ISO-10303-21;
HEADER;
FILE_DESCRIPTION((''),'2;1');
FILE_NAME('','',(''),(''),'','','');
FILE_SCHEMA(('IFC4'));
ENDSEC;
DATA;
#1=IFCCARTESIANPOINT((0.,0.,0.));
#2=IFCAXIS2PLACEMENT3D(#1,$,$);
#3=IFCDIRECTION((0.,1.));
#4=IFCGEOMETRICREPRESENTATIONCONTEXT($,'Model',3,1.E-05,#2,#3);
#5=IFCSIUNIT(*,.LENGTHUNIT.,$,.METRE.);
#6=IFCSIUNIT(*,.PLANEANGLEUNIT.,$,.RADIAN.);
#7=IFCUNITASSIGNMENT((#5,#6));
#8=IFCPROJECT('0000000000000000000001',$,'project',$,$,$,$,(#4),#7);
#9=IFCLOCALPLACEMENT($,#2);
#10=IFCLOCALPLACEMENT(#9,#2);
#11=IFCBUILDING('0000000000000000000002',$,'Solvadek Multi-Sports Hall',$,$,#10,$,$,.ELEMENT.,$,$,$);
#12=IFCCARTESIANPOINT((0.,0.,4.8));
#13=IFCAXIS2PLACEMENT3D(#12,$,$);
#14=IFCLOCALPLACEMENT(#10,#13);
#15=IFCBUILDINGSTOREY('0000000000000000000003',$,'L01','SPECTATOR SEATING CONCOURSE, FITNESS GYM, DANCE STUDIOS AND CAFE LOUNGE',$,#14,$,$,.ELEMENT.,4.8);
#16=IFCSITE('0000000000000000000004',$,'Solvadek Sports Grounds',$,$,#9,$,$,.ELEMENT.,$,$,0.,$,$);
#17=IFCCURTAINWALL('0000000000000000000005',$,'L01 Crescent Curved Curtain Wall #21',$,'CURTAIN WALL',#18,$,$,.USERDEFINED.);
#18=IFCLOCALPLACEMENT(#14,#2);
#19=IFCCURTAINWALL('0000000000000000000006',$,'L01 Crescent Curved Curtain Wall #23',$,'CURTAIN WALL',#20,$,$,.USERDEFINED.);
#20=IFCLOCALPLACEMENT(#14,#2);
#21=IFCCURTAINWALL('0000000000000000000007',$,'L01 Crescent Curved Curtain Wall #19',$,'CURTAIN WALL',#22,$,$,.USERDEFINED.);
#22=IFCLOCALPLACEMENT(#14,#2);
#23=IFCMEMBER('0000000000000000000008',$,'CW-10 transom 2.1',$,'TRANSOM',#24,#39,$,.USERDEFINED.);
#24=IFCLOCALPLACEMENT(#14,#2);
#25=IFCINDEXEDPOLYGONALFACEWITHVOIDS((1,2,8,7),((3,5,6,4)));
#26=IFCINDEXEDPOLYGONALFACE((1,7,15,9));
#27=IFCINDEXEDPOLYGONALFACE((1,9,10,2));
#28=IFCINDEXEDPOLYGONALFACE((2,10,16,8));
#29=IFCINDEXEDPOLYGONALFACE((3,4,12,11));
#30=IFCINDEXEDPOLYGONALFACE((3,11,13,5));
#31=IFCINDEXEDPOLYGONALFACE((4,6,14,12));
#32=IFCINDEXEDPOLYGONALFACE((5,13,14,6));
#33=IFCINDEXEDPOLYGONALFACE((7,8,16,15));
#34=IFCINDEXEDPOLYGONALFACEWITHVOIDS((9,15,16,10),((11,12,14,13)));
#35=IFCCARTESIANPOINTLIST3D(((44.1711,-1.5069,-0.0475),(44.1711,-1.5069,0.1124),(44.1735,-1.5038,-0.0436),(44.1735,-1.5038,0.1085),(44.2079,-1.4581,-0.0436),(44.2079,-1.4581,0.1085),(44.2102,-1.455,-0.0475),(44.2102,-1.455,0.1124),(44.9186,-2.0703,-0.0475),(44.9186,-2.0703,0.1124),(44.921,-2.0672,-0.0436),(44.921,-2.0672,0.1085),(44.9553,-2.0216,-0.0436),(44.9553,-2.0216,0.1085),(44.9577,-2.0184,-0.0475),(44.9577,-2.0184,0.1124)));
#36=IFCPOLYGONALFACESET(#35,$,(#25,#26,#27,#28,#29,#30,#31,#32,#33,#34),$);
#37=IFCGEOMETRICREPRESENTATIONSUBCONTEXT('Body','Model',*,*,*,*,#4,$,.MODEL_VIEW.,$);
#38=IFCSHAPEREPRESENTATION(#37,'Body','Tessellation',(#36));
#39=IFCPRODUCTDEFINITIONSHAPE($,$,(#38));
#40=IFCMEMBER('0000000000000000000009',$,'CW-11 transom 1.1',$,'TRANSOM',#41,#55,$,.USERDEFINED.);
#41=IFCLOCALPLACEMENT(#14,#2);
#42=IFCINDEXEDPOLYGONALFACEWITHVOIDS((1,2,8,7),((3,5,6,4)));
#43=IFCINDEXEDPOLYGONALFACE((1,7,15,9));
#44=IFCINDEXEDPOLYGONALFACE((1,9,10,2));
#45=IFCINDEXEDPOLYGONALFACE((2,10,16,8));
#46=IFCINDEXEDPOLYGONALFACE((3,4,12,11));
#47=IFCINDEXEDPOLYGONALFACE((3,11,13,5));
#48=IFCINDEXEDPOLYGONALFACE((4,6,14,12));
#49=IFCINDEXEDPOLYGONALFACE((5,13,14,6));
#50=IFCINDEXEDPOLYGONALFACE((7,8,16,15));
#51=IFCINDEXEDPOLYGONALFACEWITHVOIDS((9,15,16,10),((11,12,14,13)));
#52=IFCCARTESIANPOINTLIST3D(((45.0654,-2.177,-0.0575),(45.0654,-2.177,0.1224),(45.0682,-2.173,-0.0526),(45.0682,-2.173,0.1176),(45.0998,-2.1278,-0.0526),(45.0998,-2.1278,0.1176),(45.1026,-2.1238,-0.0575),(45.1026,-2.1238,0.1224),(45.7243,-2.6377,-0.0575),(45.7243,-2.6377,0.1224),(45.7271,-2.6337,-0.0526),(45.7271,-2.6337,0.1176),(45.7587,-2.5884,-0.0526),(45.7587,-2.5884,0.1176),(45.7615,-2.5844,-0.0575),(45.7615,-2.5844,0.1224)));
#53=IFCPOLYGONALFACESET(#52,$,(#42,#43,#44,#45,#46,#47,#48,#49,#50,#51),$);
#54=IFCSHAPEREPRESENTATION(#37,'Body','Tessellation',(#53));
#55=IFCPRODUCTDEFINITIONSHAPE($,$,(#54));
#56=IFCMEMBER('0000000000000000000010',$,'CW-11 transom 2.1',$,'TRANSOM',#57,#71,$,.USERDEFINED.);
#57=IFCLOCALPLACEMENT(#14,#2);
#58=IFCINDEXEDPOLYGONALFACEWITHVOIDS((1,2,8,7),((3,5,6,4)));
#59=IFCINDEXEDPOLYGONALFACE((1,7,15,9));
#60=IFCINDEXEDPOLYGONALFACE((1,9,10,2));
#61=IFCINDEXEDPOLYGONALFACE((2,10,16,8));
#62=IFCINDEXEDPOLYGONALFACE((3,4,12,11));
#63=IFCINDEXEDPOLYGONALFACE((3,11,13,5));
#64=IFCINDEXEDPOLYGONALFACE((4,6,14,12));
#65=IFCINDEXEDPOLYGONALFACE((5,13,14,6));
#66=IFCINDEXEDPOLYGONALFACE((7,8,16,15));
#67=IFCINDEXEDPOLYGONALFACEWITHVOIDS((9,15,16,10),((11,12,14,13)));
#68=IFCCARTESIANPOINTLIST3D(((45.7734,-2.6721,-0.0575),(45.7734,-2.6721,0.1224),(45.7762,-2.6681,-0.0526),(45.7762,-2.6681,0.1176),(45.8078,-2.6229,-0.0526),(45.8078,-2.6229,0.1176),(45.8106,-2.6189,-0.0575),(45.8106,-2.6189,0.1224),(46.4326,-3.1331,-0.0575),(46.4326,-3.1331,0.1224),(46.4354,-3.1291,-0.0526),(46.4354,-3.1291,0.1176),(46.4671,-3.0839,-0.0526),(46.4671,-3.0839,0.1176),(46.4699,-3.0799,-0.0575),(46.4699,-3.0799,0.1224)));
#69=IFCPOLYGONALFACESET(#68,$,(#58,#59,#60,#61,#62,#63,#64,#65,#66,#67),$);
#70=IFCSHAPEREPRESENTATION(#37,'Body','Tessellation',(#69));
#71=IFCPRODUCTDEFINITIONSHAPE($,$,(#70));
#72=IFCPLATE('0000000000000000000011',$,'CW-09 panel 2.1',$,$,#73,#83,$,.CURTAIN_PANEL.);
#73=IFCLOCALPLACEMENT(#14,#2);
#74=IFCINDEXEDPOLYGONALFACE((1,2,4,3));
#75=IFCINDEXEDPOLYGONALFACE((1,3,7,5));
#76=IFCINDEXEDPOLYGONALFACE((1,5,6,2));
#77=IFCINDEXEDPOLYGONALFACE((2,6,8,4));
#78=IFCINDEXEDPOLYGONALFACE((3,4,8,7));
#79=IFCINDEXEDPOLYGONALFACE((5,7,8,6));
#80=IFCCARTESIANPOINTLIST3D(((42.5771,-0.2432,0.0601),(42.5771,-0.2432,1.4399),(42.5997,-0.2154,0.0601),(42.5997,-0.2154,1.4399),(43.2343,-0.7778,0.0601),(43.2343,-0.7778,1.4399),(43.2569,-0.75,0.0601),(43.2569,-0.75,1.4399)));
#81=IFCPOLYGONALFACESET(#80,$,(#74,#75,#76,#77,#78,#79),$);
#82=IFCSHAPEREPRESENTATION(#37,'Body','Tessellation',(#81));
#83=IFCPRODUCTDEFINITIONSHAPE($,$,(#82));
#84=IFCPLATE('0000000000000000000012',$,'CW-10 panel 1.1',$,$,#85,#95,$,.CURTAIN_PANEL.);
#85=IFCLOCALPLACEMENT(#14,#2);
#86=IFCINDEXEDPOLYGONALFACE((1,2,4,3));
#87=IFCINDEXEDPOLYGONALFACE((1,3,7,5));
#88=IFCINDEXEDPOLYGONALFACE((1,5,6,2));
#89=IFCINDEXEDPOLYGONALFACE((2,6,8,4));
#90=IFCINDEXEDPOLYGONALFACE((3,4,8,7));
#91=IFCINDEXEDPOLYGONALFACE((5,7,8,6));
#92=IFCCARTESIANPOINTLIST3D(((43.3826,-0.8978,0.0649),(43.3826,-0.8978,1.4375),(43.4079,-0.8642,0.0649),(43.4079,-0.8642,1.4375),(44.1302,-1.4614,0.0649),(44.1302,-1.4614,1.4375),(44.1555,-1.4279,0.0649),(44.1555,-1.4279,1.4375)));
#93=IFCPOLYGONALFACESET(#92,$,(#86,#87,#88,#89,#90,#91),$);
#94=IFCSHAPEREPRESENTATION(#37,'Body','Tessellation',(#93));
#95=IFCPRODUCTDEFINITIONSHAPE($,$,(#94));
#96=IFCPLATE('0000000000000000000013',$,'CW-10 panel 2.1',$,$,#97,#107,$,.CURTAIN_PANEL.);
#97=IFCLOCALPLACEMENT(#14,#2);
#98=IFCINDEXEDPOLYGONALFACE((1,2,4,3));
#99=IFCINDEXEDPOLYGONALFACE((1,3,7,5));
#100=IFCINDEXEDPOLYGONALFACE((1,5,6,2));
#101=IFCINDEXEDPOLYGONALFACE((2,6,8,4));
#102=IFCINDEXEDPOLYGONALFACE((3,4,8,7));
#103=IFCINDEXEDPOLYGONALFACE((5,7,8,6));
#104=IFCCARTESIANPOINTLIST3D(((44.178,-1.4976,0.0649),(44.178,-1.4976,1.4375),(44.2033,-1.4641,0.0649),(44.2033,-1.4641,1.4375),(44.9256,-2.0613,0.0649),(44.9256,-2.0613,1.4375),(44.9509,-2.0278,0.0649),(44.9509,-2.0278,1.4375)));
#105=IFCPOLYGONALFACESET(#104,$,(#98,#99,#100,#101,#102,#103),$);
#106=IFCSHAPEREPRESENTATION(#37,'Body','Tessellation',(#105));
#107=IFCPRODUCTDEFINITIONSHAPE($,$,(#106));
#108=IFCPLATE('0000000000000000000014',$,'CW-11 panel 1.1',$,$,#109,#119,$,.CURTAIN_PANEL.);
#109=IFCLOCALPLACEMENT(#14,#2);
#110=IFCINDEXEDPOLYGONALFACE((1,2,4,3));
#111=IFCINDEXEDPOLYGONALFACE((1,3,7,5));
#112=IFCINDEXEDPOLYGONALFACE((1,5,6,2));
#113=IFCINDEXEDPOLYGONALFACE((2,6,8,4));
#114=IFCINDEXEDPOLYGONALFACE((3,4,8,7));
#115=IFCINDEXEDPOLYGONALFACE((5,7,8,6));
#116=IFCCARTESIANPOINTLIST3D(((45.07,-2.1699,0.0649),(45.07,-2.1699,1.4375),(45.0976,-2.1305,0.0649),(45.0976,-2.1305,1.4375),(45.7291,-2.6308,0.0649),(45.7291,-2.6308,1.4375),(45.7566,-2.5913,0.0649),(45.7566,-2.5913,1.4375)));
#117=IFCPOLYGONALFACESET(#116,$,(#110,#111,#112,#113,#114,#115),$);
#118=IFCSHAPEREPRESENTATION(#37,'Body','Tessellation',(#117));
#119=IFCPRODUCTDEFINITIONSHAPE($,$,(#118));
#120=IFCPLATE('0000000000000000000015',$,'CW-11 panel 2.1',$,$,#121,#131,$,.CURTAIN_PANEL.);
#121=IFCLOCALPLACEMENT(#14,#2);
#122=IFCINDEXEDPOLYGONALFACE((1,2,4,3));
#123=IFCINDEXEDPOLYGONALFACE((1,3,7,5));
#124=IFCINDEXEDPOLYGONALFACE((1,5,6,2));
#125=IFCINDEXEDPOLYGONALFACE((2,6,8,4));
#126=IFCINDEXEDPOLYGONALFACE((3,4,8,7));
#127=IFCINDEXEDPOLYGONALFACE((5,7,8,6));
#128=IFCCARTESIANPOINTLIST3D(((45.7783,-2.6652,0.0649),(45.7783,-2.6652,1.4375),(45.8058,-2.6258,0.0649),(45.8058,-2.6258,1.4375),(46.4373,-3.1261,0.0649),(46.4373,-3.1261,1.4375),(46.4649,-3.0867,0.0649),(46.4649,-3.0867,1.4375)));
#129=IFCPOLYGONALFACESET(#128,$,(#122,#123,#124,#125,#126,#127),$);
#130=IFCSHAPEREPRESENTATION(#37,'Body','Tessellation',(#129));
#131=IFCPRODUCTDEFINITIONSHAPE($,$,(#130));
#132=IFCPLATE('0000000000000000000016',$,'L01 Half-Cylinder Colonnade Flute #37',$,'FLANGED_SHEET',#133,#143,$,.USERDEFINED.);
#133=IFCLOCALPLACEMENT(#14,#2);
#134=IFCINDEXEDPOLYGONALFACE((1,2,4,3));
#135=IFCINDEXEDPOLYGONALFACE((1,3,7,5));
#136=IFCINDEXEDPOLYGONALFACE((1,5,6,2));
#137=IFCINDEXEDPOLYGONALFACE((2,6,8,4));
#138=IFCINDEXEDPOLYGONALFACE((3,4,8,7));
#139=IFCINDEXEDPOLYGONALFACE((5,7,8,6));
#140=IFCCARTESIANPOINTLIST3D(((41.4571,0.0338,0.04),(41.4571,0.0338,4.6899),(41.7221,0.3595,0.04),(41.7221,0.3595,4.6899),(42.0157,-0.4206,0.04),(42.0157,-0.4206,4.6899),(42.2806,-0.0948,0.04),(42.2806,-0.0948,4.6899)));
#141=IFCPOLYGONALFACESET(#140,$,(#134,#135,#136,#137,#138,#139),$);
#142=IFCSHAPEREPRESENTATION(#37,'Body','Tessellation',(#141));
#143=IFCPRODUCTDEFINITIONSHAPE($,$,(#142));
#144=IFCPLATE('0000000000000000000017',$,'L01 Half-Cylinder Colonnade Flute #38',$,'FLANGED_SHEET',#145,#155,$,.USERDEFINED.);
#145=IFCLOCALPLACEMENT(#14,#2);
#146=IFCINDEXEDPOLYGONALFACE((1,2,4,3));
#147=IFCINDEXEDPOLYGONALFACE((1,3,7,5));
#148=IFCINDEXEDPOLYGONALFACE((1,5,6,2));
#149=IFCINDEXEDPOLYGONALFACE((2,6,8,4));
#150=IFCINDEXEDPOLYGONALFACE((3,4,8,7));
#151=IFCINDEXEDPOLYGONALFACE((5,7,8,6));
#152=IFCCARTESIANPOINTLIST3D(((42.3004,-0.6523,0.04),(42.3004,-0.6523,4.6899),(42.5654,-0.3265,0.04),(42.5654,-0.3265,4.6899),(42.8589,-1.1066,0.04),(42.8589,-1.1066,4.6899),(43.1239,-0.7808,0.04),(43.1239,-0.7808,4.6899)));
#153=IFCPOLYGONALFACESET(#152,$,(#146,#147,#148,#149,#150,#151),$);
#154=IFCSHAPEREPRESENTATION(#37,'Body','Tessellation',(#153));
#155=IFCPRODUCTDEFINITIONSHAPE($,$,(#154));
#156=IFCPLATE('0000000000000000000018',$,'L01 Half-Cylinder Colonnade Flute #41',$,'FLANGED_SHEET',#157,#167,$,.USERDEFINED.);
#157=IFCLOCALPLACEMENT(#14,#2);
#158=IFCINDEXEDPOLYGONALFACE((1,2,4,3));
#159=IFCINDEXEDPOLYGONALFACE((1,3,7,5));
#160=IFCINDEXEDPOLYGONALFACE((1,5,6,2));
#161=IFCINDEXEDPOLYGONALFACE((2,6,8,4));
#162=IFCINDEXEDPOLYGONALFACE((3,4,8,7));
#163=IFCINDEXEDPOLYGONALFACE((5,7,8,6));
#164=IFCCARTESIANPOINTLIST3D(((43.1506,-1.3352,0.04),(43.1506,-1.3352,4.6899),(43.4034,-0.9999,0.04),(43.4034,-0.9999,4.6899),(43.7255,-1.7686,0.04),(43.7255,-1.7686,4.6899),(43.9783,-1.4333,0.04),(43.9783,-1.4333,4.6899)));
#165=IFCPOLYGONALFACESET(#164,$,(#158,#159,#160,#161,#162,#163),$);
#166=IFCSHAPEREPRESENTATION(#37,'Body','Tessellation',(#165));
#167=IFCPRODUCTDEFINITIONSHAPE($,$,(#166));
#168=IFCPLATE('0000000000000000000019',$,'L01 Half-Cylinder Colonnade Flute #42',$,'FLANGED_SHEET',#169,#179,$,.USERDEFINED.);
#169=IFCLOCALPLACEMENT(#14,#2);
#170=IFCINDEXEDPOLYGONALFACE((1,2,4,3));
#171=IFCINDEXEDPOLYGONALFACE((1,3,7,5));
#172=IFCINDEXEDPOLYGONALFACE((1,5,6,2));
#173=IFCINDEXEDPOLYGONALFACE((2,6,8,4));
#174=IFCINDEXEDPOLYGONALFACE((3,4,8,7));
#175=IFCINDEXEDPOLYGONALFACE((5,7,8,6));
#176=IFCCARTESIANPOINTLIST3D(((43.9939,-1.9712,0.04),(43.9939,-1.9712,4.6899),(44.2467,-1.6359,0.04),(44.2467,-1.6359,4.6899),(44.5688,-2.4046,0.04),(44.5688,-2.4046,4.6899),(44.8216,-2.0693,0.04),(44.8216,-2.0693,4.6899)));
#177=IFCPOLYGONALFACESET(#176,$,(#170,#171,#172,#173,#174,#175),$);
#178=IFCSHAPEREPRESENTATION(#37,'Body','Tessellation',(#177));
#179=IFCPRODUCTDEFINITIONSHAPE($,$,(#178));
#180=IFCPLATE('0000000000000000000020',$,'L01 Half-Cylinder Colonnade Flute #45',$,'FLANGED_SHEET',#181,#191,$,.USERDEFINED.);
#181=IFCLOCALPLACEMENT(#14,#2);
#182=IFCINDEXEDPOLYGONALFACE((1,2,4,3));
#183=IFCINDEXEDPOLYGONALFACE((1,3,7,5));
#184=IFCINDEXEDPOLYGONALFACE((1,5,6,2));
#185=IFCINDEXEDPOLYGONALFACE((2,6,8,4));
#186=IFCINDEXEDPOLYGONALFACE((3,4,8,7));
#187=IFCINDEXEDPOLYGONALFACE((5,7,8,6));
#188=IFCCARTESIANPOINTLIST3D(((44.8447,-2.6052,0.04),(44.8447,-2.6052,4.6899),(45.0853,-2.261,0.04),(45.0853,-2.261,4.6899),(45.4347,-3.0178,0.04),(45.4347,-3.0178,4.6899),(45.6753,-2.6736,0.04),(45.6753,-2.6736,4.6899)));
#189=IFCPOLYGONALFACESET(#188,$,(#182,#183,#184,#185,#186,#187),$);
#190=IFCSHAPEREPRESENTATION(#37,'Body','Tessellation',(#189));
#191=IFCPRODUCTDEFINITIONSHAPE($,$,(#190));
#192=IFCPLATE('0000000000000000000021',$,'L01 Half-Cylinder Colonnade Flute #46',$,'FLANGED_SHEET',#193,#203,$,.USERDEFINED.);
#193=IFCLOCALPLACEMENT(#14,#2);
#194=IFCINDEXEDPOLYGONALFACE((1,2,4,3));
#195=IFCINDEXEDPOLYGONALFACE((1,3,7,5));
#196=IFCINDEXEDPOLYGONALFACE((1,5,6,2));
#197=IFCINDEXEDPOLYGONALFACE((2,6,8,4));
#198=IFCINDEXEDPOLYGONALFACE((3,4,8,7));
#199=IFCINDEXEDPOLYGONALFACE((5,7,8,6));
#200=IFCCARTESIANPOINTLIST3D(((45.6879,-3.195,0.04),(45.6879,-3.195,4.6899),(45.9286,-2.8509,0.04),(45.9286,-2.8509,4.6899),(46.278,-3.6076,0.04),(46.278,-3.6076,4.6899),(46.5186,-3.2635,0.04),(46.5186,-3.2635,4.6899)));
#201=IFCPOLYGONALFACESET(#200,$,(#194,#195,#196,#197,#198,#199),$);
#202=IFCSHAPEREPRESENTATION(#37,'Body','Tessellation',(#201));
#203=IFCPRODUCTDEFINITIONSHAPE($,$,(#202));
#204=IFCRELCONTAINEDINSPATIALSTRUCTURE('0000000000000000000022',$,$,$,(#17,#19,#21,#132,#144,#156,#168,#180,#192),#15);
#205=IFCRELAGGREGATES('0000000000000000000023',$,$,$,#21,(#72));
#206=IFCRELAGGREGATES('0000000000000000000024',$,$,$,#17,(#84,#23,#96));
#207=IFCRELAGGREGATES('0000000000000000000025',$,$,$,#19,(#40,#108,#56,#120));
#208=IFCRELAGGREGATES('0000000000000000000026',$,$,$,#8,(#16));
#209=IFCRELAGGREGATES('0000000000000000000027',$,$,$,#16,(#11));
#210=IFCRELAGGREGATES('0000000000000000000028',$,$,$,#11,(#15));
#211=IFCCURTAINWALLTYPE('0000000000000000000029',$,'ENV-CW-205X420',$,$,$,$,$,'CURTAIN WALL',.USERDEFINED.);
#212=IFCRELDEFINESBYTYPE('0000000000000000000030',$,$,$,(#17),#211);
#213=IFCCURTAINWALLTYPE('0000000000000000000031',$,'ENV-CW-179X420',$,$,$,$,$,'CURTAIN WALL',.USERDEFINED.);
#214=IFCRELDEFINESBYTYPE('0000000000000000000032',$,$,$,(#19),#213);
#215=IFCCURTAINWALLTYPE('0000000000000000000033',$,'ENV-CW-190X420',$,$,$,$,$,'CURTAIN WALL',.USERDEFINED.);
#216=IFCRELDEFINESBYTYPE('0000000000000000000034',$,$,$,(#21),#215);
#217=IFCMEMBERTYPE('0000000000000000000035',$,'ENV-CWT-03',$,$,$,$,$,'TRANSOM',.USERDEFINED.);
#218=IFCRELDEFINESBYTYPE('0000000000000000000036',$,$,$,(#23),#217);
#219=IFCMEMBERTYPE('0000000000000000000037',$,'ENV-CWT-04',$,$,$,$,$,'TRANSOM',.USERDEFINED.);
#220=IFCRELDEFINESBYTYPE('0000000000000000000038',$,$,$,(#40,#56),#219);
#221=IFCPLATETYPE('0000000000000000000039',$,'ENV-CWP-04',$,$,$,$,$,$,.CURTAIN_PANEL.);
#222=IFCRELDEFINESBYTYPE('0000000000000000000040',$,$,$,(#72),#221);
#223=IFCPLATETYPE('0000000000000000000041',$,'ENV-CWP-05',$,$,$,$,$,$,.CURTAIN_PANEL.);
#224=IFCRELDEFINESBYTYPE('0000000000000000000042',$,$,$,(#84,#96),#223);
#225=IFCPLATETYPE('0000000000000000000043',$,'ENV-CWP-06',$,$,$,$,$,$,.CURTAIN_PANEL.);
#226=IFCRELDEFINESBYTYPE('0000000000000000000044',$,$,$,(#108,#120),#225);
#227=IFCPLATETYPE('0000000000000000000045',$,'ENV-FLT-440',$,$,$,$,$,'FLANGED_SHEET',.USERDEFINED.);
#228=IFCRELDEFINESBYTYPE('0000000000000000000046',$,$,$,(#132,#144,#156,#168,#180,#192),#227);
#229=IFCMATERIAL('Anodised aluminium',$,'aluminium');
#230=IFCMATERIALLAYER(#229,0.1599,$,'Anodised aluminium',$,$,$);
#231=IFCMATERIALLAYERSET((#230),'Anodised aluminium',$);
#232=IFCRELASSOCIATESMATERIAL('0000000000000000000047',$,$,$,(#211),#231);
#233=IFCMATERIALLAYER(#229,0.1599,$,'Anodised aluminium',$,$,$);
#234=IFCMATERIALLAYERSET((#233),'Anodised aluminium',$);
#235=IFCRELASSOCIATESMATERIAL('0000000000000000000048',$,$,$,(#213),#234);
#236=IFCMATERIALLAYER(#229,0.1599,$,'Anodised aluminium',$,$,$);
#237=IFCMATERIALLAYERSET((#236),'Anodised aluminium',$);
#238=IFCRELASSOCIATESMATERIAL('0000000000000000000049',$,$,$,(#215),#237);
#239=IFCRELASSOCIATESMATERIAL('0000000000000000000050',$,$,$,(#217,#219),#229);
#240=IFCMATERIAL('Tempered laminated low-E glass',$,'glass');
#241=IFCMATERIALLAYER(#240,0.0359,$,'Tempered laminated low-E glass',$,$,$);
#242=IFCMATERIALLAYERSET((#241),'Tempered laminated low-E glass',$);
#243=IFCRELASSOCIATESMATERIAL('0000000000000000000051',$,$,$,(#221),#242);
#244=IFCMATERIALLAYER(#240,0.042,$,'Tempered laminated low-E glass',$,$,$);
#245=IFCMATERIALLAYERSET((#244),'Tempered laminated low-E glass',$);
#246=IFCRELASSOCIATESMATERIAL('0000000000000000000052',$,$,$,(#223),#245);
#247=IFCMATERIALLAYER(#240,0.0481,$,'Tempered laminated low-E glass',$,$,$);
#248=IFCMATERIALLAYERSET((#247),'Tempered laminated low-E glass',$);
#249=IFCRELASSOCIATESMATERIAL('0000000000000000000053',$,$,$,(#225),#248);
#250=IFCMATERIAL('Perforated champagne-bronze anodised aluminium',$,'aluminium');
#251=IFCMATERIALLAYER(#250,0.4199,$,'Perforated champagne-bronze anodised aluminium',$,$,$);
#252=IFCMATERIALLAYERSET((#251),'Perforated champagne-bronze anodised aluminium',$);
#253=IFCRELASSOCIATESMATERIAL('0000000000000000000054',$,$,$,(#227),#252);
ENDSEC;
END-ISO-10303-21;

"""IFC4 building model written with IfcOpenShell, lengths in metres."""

from ifc_helpers import new_model, si_unit, direction, frame, origin, origin_2d, place, context, subcontext, project, spatial, rectangle, hollow_rectangle, extrude, material, layer, layer_set, material_profile, profile_set, type_object, element, aggregate, save


model = new_model("IFC4")

# Units and contexts
model_context = context("Model", 3, precision=1e-05, world=origin(), true_north=direction((0.0, 1.0)))
body_context = subcontext(model_context, "Body", "Model", "MODEL_VIEW")
ifc_project = project(units=[si_unit("LENGTHUNIT", "METRE"), si_unit("PLANEANGLEUNIT", "RADIAN")], contexts=[model_context])

# Site, building, storey
site_placement = place(None, origin())
site = spatial("IfcSite", under=ifc_project, at=site_placement, Name="Solvadek Sports Grounds", CompositionType="ELEMENT", RefElevation=0.0)
building_placement = place(site_placement, origin())
building = spatial("IfcBuilding", under=site, at=building_placement, Name="Solvadek Multi-Sports Hall", CompositionType="ELEMENT")
storey_placement = place(building_placement, frame((0.0, 0.0, 4.8)))
storey = spatial("IfcBuildingStorey", under=building, at=storey_placement, Name="L01", Description="SPECTATOR SEATING CONCOURSE, FITNESS GYM, DANCE STUDIOS AND CAFE LOUNGE", CompositionType="ELEMENT", Elevation=4.8)

# Curtain walls
ifc_material_1 = material(Name="Anodised aluminium", Category="aluminium")
ifc_layer_1 = layer(ifc_material_1, 0.1599, Name="Anodised aluminium")
ifc_layer_set_1 = layer_set([ifc_layer_1], Name="Anodised aluminium")
curtain_wall_type_1 = type_object("IfcCurtainWallType", Name="ENV-CW-205X420", ElementType="CURTAIN WALL", PredefinedType="USERDEFINED", material=ifc_layer_set_1)
curtain_wall_1_placement = place(storey_placement, origin())
curtain_wall_1 = element("IfcCurtainWall", 1, at=curtain_wall_1_placement, inside=storey, type_object=curtain_wall_type_1, Name="L01 Crescent Curved Curtain Wall #21", ObjectType="CURTAIN WALL", PredefinedType="USERDEFINED")
ifc_layer_2 = layer(ifc_material_1, 0.1599, Name="Anodised aluminium")
ifc_layer_set_2 = layer_set([ifc_layer_2], Name="Anodised aluminium")
curtain_wall_type_2 = type_object("IfcCurtainWallType", Name="ENV-CW-179X420", ElementType="CURTAIN WALL", PredefinedType="USERDEFINED", material=ifc_layer_set_2)
curtain_wall_2_placement = place(storey_placement, origin())
curtain_wall_2 = element("IfcCurtainWall", 2, at=curtain_wall_2_placement, inside=storey, type_object=curtain_wall_type_2, Name="L01 Crescent Curved Curtain Wall #23", ObjectType="CURTAIN WALL", PredefinedType="USERDEFINED")
ifc_layer_3 = layer(ifc_material_1, 0.1599, Name="Anodised aluminium")
ifc_layer_set_3 = layer_set([ifc_layer_3], Name="Anodised aluminium")
curtain_wall_type_3 = type_object("IfcCurtainWallType", Name="ENV-CW-190X420", ElementType="CURTAIN WALL", PredefinedType="USERDEFINED", material=ifc_layer_set_3)
curtain_wall_3_placement = place(storey_placement, origin())
curtain_wall_3 = element("IfcCurtainWall", 3, at=curtain_wall_3_placement, inside=storey, type_object=curtain_wall_type_3, Name="L01 Crescent Curved Curtain Wall #19", ObjectType="CURTAIN WALL", PredefinedType="USERDEFINED")

# Members
ifc_material_profile_1 = material_profile(ifc_material_1, hollow_rectangle(XDim=0.0649, YDim=0.1599, WallThickness=0.0039, at=origin_2d()), Name="ALU-T 160x65x4")
ifc_profile_set_1 = profile_set([ifc_material_profile_1], Name="Anodised aluminium")
member_type_1 = type_object("IfcMemberType", Name="ENV-CWT-03", ElementType="TRANSOM", PredefinedType="USERDEFINED", material=ifc_profile_set_1)
member_1_placement = place(storey_placement, frame((44.1907, -1.481, 0.0325), z_axis=(0.798558, -0.601918, 0.0), x_axis=(0.601918, 0.798558, 0.0)))
member_1 = element("IfcMember", 4, at=member_1_placement, type_object=member_type_1, Name="CW-10 transom 2.1", ObjectType="TRANSOM", PredefinedType="USERDEFINED", context=body_context, shape_type="SweptSolid", body=[
    extrude(hollow_rectangle(XDim=0.0649, YDim=0.1599, WallThickness=0.0039, at=origin_2d()), origin(), (0.0, 0.0, 1.0), 0.936),
])
ifc_material_profile_2 = material_profile(ifc_material_1, hollow_rectangle(XDim=0.0649, YDim=0.1799, WallThickness=0.0049, at=origin_2d()), Name="ALU-T 180x65x5")
ifc_profile_set_2 = profile_set([ifc_material_profile_2], Name="Anodised aluminium")
member_type_2 = type_object("IfcMemberType", Name="ENV-CWT-04", ElementType="TRANSOM", PredefinedType="USERDEFINED", material=ifc_profile_set_2)
member_2_placement = place(storey_placement, frame((45.084, -2.1504, 0.0325), z_axis=(0.81956, -0.572994, 0.0), x_axis=(0.572994, 0.81956, 0.0)))
member_2 = element("IfcMember", 5, at=member_2_placement, type_object=member_type_2, Name="CW-11 transom 1.1", ObjectType="TRANSOM", PredefinedType="USERDEFINED", context=body_context, shape_type="SweptSolid", body=[
    extrude(hollow_rectangle(XDim=0.0649, YDim=0.1799, WallThickness=0.0049, at=origin_2d()), origin(), (0.0, 0.0, 1.0), 0.804),
])
member_3_placement = place(storey_placement, frame((45.792, -2.6455, 0.0325), z_axis=(0.819517, -0.573055, 0.0), x_axis=(0.573055, 0.819517, 0.0)))
member_3 = element("IfcMember", 6, at=member_3_placement, type_object=member_type_2, Name="CW-11 transom 2.1", ObjectType="TRANSOM", PredefinedType="USERDEFINED", context=body_context, shape_type="SweptSolid", body=[
    extrude(hollow_rectangle(XDim=0.0649, YDim=0.1799, WallThickness=0.0049, at=origin_2d()), origin(), (0.0, 0.0, 1.0), 0.8044),
])

# Plates
ifc_material_2 = material(Name="Tempered laminated low-E glass", Category="glass")
ifc_layer_4 = layer(ifc_material_2, 0.0359, Name="Tempered laminated low-E glass")
ifc_layer_set_4 = layer_set([ifc_layer_4], Name="Tempered laminated low-E glass")
plate_type_1 = type_object("IfcPlateType", Name="ENV-CWP-04", PredefinedType="CURTAIN_PANEL", material=ifc_layer_set_4)
plate_1_placement = place(storey_placement, frame((42.917, -0.4966, 0.0601), z_axis=(0.0, 0.0, 1.0), x_axis=(0.775725, -0.631071, 0.0)))
plate_1 = element("IfcPlate", 7, at=plate_1_placement, type_object=plate_type_1, Name="CW-09 panel 2.1", PredefinedType="CURTAIN_PANEL", context=body_context, shape_type="SweptSolid", body=[
    extrude(rectangle(XDim=0.8472, YDim=0.0359, at=origin_2d()), origin(), (0.0, 0.0, 1.0), 1.3799),
])
aggregate(curtain_wall_3, [plate_1])
ifc_layer_5 = layer(ifc_material_2, 0.042, Name="Tempered laminated low-E glass")
ifc_layer_set_5 = layer_set([ifc_layer_5], Name="Tempered laminated low-E glass")
plate_type_2 = type_object("IfcPlateType", Name="ENV-CWP-05", PredefinedType="CURTAIN_PANEL", material=ifc_layer_set_5)
plate_2_placement = place(storey_placement, frame((43.769, -1.1628, 0.0649), z_axis=(0.0, 0.0, 1.0), x_axis=(0.798477, -0.602025, 0.0)))
plate_2 = element("IfcPlate", 8, at=plate_2_placement, type_object=plate_type_2, Name="CW-10 panel 1.1", PredefinedType="CURTAIN_PANEL", context=body_context, shape_type="SweptSolid", body=[
    extrude(rectangle(XDim=0.9363, YDim=0.042, at=origin_2d()), origin(), (0.0, 0.0, 1.0), 1.3726),
])
plate_3_placement = place(storey_placement, frame((44.5645, -1.7627, 0.0649), z_axis=(0.0, 0.0, 1.0), x_axis=(0.798477, -0.602025, 0.0)))
plate_3 = element("IfcPlate", 9, at=plate_3_placement, type_object=plate_type_2, Name="CW-10 panel 2.1", PredefinedType="CURTAIN_PANEL", context=body_context, shape_type="SweptSolid", body=[
    extrude(rectangle(XDim=0.9363, YDim=0.042, at=origin_2d()), origin(), (0.0, 0.0, 1.0), 1.3726),
])
aggregate(curtain_wall_1, [plate_2, member_1, plate_3])
ifc_layer_6 = layer(ifc_material_2, 0.0481, Name="Tempered laminated low-E glass")
ifc_layer_set_6 = layer_set([ifc_layer_6], Name="Tempered laminated low-E glass")
plate_type_3 = type_object("IfcPlateType", Name="ENV-CWP-06", PredefinedType="CURTAIN_PANEL", material=ifc_layer_set_6)
plate_4_placement = place(storey_placement, frame((45.4133, -2.3806, 0.0649), z_axis=(0.0, 0.0, 1.0), x_axis=(0.8195, -0.57308, 0.0)))
plate_4 = element("IfcPlate", 10, at=plate_4_placement, type_object=plate_type_3, Name="CW-11 panel 1.1", PredefinedType="CURTAIN_PANEL", context=body_context, shape_type="SweptSolid", body=[
    extrude(rectangle(XDim=0.8042, YDim=0.0481, at=origin_2d()), origin(), (0.0, 0.0, 1.0), 1.3726),
])
plate_5_placement = place(storey_placement, frame((46.1216, -2.876, 0.0649), z_axis=(0.0, 0.0, 1.0), x_axis=(0.8195, -0.57308, 0.0)))
plate_5 = element("IfcPlate", 11, at=plate_5_placement, type_object=plate_type_3, Name="CW-11 panel 2.1", PredefinedType="CURTAIN_PANEL", context=body_context, shape_type="SweptSolid", body=[
    extrude(rectangle(XDim=0.8042, YDim=0.0481, at=origin_2d()), origin(), (0.0, 0.0, 1.0), 1.3726),
])
aggregate(curtain_wall_2, [member_2, plate_4, member_3, plate_5])

# Plates
ifc_material_3 = material(Name="Perforated champagne-bronze anodised aluminium", Category="aluminium")
ifc_layer_7 = layer(ifc_material_3, 0.4199, Name="Perforated champagne-bronze anodised aluminium")
ifc_layer_set_7 = layer_set([ifc_layer_7], Name="Perforated champagne-bronze anodised aluminium")
plate_type_4 = type_object("IfcPlateType", Name="ENV-FLT-440", ElementType="FLANGED_SHEET", PredefinedType="USERDEFINED", material=ifc_layer_set_7)
for number, where, z_axis, x_axis, name in (
    (12, (41.8689, -0.0305, 0.04), (0.0, 0.0, 1.0), (0.775755, -0.631034, 0.0), "L01 Half-Cylinder Colonnade Flute #37"),
    (13, (42.7122, -0.7166, 0.04), (0.0, 0.0, 1.0), (0.775755, -0.631034, 0.0), "L01 Half-Cylinder Colonnade Flute #38"),
    (14, (43.5645, -1.3843, 0.04), (0.0, 0.0, 1.0), (0.798475, -0.602028, 0.0), "L01 Half-Cylinder Colonnade Flute #41"),
    (15, (44.4077, -2.0203, 0.04), (0.0, 0.0, 1.0), (0.798475, -0.602028, 0.0), "L01 Half-Cylinder Colonnade Flute #42"),
    (16, (45.26, -2.6394, 0.04), (0.0, 0.0, 1.0), (0.819513, -0.573061, 0.0), "L01 Half-Cylinder Colonnade Flute #45"),
    (17, (46.1033, -3.2292, 0.04), (0.0, 0.0, 1.0), (0.819513, -0.573061, 0.0), "L01 Half-Cylinder Colonnade Flute #46"),
):
    element("IfcPlate", number, at=place(storey_placement, frame(where, z_axis=z_axis, x_axis=x_axis)), inside=storey, type_object=plate_type_4, Name=name, ObjectType="FLANGED_SHEET", PredefinedType="USERDEFINED", context=body_context, shape_type="SweptSolid", body=[
        extrude(rectangle(XDim=0.72, YDim=0.4199, at=origin_2d()), origin(), (0.0, 0.0, 1.0), 4.6499),
    ])

save(model, "model.ifc")
